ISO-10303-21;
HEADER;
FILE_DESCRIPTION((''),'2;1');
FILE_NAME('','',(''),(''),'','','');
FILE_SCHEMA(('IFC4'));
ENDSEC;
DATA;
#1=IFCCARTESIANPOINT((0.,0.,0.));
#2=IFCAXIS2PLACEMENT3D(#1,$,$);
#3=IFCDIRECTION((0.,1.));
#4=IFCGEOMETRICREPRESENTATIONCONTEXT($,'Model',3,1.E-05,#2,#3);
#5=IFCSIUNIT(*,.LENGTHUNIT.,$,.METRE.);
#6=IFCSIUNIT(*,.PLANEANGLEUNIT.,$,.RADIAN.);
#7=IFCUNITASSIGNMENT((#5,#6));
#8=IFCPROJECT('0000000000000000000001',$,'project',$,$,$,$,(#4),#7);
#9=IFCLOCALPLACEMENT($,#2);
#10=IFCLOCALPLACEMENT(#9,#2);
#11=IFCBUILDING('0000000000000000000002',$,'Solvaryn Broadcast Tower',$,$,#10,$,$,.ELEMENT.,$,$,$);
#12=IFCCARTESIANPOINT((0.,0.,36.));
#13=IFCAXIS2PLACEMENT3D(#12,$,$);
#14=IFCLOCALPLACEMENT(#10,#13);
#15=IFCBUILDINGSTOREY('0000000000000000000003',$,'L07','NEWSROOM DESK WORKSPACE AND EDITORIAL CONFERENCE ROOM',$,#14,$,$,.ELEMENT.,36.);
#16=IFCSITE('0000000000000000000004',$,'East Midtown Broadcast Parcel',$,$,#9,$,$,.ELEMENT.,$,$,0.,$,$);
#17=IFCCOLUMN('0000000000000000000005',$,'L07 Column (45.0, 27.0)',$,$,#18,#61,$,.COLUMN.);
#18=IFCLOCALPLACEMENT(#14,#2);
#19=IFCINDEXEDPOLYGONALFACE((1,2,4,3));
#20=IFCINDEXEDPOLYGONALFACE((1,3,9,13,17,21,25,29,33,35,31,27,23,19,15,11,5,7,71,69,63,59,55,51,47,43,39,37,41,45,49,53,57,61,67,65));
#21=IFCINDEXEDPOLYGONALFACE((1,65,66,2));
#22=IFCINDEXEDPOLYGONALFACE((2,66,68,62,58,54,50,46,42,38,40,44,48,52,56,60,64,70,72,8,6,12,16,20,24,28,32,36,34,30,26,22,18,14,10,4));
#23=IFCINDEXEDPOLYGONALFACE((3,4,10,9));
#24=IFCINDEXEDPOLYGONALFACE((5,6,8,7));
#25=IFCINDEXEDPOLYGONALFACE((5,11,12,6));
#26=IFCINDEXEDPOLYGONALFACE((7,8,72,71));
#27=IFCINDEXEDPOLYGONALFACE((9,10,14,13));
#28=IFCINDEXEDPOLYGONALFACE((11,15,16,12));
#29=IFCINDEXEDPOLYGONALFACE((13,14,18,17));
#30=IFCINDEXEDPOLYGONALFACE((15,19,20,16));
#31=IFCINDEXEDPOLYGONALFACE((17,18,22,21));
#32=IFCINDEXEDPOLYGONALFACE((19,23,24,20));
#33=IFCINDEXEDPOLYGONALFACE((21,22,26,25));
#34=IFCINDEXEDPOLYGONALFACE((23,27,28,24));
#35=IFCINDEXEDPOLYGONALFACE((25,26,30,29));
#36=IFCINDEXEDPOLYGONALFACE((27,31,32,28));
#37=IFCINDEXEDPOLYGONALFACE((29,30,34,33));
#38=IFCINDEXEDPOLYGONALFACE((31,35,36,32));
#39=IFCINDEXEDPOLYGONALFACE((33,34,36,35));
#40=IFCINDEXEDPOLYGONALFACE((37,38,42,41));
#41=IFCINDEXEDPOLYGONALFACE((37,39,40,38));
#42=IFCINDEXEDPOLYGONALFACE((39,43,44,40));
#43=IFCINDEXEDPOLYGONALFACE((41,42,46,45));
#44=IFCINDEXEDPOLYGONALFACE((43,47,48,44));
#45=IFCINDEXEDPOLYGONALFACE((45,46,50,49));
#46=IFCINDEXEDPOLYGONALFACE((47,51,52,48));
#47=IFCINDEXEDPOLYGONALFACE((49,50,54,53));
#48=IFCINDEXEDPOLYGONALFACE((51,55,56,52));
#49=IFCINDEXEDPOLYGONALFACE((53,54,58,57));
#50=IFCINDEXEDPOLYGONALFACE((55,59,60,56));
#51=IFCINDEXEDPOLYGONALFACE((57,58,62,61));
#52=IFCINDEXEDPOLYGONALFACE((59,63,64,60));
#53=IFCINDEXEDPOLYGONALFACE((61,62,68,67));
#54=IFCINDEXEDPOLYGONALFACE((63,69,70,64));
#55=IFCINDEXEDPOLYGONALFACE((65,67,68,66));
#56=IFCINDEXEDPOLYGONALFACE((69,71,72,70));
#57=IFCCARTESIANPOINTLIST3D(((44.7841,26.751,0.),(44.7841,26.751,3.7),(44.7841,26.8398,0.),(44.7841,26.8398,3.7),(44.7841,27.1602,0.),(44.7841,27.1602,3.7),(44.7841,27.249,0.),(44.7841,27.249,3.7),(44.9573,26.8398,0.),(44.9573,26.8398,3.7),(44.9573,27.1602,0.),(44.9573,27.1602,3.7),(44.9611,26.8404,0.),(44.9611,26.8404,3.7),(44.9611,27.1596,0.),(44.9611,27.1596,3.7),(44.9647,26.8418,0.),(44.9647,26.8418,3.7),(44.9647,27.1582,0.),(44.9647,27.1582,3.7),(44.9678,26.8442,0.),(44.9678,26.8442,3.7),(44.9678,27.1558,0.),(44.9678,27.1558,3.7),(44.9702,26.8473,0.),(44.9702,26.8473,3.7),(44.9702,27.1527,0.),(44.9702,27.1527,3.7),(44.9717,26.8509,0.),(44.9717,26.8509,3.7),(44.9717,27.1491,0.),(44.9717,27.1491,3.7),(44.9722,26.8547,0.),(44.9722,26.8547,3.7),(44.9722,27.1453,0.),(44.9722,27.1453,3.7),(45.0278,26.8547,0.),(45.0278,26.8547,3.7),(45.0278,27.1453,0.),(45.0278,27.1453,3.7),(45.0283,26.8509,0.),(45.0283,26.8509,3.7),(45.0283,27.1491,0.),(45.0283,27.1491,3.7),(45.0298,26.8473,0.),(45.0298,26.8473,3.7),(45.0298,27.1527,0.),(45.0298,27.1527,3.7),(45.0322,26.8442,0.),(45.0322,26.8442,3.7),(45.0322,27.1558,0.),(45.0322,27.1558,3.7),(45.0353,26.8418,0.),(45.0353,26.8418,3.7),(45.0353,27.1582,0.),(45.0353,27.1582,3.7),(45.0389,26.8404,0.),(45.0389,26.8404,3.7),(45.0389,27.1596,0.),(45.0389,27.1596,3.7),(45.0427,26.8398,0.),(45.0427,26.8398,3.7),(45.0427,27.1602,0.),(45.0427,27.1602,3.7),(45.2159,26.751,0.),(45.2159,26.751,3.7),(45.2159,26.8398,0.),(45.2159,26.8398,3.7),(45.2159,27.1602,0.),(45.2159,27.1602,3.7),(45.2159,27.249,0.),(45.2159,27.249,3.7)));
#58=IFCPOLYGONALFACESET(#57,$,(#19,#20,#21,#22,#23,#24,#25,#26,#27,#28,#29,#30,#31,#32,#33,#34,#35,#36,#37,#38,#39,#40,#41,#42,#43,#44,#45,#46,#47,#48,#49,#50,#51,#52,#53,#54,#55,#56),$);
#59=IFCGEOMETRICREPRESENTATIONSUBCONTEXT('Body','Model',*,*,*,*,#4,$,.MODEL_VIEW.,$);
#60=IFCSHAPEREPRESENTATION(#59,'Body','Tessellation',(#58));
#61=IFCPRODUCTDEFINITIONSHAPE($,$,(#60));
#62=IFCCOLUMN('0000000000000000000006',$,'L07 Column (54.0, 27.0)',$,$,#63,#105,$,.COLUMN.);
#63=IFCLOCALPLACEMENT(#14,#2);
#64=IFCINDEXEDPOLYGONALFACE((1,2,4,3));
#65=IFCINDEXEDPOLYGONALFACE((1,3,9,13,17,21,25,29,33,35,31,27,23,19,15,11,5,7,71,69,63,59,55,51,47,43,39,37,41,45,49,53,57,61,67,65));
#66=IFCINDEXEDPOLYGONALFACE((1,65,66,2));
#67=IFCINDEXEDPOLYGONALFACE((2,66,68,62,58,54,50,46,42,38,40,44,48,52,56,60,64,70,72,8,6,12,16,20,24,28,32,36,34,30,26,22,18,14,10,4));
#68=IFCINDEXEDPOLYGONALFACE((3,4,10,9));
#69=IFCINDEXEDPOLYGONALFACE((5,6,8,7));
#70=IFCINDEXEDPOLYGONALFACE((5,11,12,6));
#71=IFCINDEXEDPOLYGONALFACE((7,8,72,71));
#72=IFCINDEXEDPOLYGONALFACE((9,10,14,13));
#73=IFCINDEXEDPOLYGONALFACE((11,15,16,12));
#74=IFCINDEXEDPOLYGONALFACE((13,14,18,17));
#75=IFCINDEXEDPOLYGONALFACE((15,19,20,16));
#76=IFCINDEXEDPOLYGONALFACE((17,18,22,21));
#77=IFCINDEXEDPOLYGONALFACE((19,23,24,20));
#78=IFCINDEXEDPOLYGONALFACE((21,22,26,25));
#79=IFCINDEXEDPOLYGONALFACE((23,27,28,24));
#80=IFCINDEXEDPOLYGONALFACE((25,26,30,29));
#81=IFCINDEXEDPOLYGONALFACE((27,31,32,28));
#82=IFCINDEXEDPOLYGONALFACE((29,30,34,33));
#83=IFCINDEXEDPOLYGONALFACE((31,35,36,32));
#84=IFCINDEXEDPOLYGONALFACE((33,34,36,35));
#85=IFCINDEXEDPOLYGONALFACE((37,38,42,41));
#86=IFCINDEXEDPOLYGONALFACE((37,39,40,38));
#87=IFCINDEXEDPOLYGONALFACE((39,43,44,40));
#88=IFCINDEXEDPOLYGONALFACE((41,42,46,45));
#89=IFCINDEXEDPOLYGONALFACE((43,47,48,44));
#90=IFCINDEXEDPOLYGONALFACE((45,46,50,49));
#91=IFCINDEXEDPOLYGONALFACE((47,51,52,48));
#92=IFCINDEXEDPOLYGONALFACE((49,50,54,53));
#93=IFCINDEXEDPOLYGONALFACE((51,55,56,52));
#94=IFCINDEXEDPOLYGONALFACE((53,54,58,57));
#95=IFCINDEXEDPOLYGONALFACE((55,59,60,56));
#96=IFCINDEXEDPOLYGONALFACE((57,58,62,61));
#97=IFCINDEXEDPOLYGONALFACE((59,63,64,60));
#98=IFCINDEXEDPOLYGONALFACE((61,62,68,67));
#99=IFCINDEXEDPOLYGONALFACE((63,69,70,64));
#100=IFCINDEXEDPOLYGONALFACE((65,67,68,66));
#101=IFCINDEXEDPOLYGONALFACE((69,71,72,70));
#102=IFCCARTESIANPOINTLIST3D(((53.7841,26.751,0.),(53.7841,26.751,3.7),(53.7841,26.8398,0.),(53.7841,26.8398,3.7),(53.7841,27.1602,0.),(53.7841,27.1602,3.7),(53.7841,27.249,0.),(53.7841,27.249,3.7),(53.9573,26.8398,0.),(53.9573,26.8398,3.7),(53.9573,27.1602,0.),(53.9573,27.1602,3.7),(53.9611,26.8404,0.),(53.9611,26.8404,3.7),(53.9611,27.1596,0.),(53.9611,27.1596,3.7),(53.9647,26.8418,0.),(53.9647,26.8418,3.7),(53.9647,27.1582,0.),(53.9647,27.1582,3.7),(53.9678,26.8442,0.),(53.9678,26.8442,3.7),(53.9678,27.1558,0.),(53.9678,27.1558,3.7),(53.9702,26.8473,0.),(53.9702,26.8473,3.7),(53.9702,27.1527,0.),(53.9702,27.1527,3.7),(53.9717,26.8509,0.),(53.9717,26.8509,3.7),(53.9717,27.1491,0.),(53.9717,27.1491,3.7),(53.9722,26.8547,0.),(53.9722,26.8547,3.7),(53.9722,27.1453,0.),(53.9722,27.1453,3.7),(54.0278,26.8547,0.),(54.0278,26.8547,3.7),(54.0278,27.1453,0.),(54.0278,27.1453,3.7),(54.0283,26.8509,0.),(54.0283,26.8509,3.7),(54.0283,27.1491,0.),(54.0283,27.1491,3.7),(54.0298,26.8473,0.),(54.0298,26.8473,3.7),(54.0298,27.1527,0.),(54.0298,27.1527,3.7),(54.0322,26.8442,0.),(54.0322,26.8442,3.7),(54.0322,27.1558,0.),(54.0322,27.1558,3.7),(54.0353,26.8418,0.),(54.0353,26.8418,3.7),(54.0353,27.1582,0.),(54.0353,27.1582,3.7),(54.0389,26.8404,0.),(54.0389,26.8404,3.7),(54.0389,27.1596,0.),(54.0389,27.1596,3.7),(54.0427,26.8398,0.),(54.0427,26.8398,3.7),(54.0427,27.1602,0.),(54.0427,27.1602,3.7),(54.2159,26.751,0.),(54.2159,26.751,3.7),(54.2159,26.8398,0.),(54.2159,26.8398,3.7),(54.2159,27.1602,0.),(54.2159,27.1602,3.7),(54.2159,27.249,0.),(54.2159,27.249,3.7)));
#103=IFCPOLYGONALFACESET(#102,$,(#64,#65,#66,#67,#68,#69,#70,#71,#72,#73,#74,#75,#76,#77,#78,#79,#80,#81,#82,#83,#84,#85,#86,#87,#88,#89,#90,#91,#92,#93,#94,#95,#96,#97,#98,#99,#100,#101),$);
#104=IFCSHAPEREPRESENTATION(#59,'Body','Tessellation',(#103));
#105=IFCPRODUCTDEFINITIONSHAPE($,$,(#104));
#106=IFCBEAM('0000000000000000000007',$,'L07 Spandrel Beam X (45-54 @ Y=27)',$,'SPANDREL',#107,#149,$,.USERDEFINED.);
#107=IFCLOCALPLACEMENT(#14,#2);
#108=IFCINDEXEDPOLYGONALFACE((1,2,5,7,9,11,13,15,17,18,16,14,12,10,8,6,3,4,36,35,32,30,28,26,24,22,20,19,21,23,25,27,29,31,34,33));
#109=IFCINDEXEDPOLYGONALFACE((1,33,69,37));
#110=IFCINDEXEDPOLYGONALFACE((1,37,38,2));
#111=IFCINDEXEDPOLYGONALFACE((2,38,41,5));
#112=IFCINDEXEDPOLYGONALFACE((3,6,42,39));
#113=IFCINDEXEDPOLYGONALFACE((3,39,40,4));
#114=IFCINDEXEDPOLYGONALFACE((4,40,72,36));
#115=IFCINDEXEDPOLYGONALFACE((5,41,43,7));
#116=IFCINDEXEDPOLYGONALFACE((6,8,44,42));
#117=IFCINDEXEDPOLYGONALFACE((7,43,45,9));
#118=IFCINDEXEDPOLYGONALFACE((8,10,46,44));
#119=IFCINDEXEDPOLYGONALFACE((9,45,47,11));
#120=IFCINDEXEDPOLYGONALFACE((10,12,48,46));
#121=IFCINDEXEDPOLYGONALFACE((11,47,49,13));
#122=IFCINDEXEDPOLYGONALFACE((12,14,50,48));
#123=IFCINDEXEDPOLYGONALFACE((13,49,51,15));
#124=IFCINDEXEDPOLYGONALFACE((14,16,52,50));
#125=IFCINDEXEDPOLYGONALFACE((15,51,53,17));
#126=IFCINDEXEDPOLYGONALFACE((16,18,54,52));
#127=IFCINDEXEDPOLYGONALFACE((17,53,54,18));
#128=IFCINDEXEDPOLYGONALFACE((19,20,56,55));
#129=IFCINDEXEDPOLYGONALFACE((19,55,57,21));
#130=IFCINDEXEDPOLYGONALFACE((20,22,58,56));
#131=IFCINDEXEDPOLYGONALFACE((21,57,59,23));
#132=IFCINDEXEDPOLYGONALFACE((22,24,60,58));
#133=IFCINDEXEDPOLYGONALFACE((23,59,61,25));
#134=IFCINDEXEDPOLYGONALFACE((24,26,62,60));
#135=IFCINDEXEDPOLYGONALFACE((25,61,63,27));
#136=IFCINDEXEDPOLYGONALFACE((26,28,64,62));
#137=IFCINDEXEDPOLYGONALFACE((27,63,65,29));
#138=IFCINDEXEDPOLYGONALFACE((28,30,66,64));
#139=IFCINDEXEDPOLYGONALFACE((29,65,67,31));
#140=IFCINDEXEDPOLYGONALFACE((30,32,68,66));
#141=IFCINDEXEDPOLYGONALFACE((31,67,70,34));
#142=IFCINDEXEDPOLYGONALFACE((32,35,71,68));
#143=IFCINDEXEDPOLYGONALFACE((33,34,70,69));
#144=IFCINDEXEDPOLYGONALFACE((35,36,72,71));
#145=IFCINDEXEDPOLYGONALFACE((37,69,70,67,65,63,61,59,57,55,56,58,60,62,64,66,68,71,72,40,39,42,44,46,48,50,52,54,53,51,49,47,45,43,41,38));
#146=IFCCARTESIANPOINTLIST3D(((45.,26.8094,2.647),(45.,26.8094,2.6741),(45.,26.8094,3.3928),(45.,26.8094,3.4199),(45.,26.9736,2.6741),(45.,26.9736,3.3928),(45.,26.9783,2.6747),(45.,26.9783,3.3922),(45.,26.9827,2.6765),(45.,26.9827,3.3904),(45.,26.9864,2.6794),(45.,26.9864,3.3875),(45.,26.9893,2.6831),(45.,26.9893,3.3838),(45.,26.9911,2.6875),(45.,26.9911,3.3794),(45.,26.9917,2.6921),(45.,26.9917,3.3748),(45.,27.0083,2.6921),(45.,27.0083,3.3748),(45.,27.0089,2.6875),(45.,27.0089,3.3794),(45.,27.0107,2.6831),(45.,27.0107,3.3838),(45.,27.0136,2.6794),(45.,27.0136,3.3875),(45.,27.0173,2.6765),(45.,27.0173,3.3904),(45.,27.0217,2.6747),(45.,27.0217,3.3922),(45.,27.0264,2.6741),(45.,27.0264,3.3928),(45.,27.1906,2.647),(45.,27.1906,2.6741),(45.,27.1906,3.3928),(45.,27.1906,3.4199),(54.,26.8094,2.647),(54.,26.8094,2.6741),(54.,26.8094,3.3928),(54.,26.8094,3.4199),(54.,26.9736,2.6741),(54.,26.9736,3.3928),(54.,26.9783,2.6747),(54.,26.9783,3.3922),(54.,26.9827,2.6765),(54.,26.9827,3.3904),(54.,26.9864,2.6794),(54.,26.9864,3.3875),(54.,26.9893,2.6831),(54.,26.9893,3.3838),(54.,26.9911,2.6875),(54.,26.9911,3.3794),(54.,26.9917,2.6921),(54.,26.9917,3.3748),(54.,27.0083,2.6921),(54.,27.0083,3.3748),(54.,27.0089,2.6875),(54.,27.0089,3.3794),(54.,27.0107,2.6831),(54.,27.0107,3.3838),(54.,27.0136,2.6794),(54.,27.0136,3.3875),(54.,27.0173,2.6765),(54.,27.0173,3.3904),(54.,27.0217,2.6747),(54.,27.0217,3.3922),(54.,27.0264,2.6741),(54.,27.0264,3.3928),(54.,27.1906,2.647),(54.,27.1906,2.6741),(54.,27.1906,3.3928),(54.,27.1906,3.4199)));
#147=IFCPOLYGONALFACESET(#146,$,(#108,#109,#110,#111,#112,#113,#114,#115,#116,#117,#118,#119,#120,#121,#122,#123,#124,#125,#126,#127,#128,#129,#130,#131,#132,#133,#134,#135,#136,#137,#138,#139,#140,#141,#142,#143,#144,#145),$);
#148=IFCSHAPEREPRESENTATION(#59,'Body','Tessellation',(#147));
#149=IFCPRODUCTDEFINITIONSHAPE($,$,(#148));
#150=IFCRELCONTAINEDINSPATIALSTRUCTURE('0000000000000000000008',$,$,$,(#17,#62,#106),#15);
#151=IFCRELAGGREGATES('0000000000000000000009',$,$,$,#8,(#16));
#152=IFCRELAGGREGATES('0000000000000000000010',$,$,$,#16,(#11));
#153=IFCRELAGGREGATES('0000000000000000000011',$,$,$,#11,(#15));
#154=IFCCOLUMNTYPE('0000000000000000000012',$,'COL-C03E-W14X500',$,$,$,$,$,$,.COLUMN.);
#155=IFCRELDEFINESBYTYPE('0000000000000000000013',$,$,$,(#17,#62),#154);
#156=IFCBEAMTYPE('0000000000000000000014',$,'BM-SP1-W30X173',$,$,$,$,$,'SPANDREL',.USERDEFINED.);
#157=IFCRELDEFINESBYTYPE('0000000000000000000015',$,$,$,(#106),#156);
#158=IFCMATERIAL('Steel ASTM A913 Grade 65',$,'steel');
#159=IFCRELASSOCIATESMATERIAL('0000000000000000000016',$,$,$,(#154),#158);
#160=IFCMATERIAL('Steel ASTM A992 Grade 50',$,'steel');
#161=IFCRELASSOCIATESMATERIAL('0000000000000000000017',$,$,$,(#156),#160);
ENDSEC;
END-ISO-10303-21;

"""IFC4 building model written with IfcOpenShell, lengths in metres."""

from ifc_helpers import new_model, si_unit, direction, frame, origin, origin_2d, place, context, subcontext, project, spatial, i_section, extrude, material, material_profile, profile_set, type_object, element, save


model = new_model("IFC4")

# Units and contexts
model_context = context("Model", 3, precision=1e-05, world=origin(), true_north=direction((0.0, 1.0)))
body_context = subcontext(model_context, "Body", "Model", "MODEL_VIEW")
ifc_project = project(units=[si_unit("LENGTHUNIT", "METRE"), si_unit("PLANEANGLEUNIT", "RADIAN")], contexts=[model_context])

# Site, building, storey
site_placement = place(None, origin())
site = spatial("IfcSite", under=ifc_project, at=site_placement, Name="East Midtown Broadcast Parcel", CompositionType="ELEMENT", RefElevation=0.0)
building_placement = place(site_placement, origin())
building = spatial("IfcBuilding", under=site, at=building_placement, Name="Solvaryn Broadcast Tower", CompositionType="ELEMENT")
storey_placement = place(building_placement, frame((0.0, 0.0, 36.0)))
storey = spatial("IfcBuildingStorey", under=building, at=storey_placement, Name="L07", Description="NEWSROOM DESK WORKSPACE AND EDITORIAL CONFERENCE ROOM", CompositionType="ELEMENT", Elevation=36.0)

# Columns
ifc_material_1 = material(Name="Steel ASTM A913 Grade 65", Category="steel")
ifc_material_profile_1 = material_profile(ifc_material_1, i_section(OverallWidth=0.4319, OverallDepth=0.498, WebThickness=0.0557, FlangeThickness=0.0889, FilletRadius=0.0149, at=origin_2d()))
ifc_profile_set_1 = profile_set([ifc_material_profile_1], Name="Steel ASTM A913 Grade 65")
column_type = type_object("IfcColumnType", Name="COL-C03E-W14X500", PredefinedType="COLUMN", material=ifc_profile_set_1)
for number, where, z_axis, x_axis, name in (
    (1, (45.0, 27.0, 0.0), (0.0, 0.0, 1.0), (1.0, 0.0, 0.0), "L07 Column (45.0, 27.0)"),
    (2, (54.0, 27.0, 0.0), (0.0, 0.0, 1.0), (1.0, 0.0, 0.0), "L07 Column (54.0, 27.0)"),
):
    element("IfcColumn", number, at=place(storey_placement, frame(where, z_axis=z_axis, x_axis=x_axis)), inside=storey, type_object=column_type, Name=name, PredefinedType="COLUMN", context=body_context, shape_type="SweptSolid", body=[
        extrude(i_section(OverallWidth=0.4319, OverallDepth=0.498, WebThickness=0.0557, FlangeThickness=0.0889, FilletRadius=0.0149, at=origin_2d()), origin(), (0.0, 0.0, 1.0), 3.7),
    ])

# Beam
ifc_material_2 = material(Name="Steel ASTM A992 Grade 50", Category="steel")
ifc_material_profile_2 = material_profile(ifc_material_2, i_section(OverallWidth=0.3811, OverallDepth=0.7729, WebThickness=0.0166, FlangeThickness=0.0271, FilletRadius=0.0181, at=origin_2d()))
ifc_profile_set_2 = profile_set([ifc_material_profile_2], Name="Steel ASTM A992 Grade 50")
beam_type = type_object("IfcBeamType", Name="BM-SP1-W30X173", ElementType="SPANDREL", PredefinedType="USERDEFINED", material=ifc_profile_set_2)
beam_placement = place(storey_placement, frame((45.0, 27.0, 3.0334), z_axis=(1.0, 0.0, 0.0), x_axis=(0.0, 1.0, 0.0)))
element("IfcBeam", 3, at=beam_placement, inside=storey, type_object=beam_type, Name="L07 Spandrel Beam X (45-54 @ Y=27)", ObjectType="SPANDREL", PredefinedType="USERDEFINED", context=body_context, shape_type="SweptSolid", body=[
    extrude(i_section(OverallWidth=0.3811, OverallDepth=0.7729, WebThickness=0.0166, FlangeThickness=0.0271, FilletRadius=0.0181, at=origin_2d()), origin(), (0.0, 0.0, 1.0), 9.0),
])

save(model, "model.ifc")
